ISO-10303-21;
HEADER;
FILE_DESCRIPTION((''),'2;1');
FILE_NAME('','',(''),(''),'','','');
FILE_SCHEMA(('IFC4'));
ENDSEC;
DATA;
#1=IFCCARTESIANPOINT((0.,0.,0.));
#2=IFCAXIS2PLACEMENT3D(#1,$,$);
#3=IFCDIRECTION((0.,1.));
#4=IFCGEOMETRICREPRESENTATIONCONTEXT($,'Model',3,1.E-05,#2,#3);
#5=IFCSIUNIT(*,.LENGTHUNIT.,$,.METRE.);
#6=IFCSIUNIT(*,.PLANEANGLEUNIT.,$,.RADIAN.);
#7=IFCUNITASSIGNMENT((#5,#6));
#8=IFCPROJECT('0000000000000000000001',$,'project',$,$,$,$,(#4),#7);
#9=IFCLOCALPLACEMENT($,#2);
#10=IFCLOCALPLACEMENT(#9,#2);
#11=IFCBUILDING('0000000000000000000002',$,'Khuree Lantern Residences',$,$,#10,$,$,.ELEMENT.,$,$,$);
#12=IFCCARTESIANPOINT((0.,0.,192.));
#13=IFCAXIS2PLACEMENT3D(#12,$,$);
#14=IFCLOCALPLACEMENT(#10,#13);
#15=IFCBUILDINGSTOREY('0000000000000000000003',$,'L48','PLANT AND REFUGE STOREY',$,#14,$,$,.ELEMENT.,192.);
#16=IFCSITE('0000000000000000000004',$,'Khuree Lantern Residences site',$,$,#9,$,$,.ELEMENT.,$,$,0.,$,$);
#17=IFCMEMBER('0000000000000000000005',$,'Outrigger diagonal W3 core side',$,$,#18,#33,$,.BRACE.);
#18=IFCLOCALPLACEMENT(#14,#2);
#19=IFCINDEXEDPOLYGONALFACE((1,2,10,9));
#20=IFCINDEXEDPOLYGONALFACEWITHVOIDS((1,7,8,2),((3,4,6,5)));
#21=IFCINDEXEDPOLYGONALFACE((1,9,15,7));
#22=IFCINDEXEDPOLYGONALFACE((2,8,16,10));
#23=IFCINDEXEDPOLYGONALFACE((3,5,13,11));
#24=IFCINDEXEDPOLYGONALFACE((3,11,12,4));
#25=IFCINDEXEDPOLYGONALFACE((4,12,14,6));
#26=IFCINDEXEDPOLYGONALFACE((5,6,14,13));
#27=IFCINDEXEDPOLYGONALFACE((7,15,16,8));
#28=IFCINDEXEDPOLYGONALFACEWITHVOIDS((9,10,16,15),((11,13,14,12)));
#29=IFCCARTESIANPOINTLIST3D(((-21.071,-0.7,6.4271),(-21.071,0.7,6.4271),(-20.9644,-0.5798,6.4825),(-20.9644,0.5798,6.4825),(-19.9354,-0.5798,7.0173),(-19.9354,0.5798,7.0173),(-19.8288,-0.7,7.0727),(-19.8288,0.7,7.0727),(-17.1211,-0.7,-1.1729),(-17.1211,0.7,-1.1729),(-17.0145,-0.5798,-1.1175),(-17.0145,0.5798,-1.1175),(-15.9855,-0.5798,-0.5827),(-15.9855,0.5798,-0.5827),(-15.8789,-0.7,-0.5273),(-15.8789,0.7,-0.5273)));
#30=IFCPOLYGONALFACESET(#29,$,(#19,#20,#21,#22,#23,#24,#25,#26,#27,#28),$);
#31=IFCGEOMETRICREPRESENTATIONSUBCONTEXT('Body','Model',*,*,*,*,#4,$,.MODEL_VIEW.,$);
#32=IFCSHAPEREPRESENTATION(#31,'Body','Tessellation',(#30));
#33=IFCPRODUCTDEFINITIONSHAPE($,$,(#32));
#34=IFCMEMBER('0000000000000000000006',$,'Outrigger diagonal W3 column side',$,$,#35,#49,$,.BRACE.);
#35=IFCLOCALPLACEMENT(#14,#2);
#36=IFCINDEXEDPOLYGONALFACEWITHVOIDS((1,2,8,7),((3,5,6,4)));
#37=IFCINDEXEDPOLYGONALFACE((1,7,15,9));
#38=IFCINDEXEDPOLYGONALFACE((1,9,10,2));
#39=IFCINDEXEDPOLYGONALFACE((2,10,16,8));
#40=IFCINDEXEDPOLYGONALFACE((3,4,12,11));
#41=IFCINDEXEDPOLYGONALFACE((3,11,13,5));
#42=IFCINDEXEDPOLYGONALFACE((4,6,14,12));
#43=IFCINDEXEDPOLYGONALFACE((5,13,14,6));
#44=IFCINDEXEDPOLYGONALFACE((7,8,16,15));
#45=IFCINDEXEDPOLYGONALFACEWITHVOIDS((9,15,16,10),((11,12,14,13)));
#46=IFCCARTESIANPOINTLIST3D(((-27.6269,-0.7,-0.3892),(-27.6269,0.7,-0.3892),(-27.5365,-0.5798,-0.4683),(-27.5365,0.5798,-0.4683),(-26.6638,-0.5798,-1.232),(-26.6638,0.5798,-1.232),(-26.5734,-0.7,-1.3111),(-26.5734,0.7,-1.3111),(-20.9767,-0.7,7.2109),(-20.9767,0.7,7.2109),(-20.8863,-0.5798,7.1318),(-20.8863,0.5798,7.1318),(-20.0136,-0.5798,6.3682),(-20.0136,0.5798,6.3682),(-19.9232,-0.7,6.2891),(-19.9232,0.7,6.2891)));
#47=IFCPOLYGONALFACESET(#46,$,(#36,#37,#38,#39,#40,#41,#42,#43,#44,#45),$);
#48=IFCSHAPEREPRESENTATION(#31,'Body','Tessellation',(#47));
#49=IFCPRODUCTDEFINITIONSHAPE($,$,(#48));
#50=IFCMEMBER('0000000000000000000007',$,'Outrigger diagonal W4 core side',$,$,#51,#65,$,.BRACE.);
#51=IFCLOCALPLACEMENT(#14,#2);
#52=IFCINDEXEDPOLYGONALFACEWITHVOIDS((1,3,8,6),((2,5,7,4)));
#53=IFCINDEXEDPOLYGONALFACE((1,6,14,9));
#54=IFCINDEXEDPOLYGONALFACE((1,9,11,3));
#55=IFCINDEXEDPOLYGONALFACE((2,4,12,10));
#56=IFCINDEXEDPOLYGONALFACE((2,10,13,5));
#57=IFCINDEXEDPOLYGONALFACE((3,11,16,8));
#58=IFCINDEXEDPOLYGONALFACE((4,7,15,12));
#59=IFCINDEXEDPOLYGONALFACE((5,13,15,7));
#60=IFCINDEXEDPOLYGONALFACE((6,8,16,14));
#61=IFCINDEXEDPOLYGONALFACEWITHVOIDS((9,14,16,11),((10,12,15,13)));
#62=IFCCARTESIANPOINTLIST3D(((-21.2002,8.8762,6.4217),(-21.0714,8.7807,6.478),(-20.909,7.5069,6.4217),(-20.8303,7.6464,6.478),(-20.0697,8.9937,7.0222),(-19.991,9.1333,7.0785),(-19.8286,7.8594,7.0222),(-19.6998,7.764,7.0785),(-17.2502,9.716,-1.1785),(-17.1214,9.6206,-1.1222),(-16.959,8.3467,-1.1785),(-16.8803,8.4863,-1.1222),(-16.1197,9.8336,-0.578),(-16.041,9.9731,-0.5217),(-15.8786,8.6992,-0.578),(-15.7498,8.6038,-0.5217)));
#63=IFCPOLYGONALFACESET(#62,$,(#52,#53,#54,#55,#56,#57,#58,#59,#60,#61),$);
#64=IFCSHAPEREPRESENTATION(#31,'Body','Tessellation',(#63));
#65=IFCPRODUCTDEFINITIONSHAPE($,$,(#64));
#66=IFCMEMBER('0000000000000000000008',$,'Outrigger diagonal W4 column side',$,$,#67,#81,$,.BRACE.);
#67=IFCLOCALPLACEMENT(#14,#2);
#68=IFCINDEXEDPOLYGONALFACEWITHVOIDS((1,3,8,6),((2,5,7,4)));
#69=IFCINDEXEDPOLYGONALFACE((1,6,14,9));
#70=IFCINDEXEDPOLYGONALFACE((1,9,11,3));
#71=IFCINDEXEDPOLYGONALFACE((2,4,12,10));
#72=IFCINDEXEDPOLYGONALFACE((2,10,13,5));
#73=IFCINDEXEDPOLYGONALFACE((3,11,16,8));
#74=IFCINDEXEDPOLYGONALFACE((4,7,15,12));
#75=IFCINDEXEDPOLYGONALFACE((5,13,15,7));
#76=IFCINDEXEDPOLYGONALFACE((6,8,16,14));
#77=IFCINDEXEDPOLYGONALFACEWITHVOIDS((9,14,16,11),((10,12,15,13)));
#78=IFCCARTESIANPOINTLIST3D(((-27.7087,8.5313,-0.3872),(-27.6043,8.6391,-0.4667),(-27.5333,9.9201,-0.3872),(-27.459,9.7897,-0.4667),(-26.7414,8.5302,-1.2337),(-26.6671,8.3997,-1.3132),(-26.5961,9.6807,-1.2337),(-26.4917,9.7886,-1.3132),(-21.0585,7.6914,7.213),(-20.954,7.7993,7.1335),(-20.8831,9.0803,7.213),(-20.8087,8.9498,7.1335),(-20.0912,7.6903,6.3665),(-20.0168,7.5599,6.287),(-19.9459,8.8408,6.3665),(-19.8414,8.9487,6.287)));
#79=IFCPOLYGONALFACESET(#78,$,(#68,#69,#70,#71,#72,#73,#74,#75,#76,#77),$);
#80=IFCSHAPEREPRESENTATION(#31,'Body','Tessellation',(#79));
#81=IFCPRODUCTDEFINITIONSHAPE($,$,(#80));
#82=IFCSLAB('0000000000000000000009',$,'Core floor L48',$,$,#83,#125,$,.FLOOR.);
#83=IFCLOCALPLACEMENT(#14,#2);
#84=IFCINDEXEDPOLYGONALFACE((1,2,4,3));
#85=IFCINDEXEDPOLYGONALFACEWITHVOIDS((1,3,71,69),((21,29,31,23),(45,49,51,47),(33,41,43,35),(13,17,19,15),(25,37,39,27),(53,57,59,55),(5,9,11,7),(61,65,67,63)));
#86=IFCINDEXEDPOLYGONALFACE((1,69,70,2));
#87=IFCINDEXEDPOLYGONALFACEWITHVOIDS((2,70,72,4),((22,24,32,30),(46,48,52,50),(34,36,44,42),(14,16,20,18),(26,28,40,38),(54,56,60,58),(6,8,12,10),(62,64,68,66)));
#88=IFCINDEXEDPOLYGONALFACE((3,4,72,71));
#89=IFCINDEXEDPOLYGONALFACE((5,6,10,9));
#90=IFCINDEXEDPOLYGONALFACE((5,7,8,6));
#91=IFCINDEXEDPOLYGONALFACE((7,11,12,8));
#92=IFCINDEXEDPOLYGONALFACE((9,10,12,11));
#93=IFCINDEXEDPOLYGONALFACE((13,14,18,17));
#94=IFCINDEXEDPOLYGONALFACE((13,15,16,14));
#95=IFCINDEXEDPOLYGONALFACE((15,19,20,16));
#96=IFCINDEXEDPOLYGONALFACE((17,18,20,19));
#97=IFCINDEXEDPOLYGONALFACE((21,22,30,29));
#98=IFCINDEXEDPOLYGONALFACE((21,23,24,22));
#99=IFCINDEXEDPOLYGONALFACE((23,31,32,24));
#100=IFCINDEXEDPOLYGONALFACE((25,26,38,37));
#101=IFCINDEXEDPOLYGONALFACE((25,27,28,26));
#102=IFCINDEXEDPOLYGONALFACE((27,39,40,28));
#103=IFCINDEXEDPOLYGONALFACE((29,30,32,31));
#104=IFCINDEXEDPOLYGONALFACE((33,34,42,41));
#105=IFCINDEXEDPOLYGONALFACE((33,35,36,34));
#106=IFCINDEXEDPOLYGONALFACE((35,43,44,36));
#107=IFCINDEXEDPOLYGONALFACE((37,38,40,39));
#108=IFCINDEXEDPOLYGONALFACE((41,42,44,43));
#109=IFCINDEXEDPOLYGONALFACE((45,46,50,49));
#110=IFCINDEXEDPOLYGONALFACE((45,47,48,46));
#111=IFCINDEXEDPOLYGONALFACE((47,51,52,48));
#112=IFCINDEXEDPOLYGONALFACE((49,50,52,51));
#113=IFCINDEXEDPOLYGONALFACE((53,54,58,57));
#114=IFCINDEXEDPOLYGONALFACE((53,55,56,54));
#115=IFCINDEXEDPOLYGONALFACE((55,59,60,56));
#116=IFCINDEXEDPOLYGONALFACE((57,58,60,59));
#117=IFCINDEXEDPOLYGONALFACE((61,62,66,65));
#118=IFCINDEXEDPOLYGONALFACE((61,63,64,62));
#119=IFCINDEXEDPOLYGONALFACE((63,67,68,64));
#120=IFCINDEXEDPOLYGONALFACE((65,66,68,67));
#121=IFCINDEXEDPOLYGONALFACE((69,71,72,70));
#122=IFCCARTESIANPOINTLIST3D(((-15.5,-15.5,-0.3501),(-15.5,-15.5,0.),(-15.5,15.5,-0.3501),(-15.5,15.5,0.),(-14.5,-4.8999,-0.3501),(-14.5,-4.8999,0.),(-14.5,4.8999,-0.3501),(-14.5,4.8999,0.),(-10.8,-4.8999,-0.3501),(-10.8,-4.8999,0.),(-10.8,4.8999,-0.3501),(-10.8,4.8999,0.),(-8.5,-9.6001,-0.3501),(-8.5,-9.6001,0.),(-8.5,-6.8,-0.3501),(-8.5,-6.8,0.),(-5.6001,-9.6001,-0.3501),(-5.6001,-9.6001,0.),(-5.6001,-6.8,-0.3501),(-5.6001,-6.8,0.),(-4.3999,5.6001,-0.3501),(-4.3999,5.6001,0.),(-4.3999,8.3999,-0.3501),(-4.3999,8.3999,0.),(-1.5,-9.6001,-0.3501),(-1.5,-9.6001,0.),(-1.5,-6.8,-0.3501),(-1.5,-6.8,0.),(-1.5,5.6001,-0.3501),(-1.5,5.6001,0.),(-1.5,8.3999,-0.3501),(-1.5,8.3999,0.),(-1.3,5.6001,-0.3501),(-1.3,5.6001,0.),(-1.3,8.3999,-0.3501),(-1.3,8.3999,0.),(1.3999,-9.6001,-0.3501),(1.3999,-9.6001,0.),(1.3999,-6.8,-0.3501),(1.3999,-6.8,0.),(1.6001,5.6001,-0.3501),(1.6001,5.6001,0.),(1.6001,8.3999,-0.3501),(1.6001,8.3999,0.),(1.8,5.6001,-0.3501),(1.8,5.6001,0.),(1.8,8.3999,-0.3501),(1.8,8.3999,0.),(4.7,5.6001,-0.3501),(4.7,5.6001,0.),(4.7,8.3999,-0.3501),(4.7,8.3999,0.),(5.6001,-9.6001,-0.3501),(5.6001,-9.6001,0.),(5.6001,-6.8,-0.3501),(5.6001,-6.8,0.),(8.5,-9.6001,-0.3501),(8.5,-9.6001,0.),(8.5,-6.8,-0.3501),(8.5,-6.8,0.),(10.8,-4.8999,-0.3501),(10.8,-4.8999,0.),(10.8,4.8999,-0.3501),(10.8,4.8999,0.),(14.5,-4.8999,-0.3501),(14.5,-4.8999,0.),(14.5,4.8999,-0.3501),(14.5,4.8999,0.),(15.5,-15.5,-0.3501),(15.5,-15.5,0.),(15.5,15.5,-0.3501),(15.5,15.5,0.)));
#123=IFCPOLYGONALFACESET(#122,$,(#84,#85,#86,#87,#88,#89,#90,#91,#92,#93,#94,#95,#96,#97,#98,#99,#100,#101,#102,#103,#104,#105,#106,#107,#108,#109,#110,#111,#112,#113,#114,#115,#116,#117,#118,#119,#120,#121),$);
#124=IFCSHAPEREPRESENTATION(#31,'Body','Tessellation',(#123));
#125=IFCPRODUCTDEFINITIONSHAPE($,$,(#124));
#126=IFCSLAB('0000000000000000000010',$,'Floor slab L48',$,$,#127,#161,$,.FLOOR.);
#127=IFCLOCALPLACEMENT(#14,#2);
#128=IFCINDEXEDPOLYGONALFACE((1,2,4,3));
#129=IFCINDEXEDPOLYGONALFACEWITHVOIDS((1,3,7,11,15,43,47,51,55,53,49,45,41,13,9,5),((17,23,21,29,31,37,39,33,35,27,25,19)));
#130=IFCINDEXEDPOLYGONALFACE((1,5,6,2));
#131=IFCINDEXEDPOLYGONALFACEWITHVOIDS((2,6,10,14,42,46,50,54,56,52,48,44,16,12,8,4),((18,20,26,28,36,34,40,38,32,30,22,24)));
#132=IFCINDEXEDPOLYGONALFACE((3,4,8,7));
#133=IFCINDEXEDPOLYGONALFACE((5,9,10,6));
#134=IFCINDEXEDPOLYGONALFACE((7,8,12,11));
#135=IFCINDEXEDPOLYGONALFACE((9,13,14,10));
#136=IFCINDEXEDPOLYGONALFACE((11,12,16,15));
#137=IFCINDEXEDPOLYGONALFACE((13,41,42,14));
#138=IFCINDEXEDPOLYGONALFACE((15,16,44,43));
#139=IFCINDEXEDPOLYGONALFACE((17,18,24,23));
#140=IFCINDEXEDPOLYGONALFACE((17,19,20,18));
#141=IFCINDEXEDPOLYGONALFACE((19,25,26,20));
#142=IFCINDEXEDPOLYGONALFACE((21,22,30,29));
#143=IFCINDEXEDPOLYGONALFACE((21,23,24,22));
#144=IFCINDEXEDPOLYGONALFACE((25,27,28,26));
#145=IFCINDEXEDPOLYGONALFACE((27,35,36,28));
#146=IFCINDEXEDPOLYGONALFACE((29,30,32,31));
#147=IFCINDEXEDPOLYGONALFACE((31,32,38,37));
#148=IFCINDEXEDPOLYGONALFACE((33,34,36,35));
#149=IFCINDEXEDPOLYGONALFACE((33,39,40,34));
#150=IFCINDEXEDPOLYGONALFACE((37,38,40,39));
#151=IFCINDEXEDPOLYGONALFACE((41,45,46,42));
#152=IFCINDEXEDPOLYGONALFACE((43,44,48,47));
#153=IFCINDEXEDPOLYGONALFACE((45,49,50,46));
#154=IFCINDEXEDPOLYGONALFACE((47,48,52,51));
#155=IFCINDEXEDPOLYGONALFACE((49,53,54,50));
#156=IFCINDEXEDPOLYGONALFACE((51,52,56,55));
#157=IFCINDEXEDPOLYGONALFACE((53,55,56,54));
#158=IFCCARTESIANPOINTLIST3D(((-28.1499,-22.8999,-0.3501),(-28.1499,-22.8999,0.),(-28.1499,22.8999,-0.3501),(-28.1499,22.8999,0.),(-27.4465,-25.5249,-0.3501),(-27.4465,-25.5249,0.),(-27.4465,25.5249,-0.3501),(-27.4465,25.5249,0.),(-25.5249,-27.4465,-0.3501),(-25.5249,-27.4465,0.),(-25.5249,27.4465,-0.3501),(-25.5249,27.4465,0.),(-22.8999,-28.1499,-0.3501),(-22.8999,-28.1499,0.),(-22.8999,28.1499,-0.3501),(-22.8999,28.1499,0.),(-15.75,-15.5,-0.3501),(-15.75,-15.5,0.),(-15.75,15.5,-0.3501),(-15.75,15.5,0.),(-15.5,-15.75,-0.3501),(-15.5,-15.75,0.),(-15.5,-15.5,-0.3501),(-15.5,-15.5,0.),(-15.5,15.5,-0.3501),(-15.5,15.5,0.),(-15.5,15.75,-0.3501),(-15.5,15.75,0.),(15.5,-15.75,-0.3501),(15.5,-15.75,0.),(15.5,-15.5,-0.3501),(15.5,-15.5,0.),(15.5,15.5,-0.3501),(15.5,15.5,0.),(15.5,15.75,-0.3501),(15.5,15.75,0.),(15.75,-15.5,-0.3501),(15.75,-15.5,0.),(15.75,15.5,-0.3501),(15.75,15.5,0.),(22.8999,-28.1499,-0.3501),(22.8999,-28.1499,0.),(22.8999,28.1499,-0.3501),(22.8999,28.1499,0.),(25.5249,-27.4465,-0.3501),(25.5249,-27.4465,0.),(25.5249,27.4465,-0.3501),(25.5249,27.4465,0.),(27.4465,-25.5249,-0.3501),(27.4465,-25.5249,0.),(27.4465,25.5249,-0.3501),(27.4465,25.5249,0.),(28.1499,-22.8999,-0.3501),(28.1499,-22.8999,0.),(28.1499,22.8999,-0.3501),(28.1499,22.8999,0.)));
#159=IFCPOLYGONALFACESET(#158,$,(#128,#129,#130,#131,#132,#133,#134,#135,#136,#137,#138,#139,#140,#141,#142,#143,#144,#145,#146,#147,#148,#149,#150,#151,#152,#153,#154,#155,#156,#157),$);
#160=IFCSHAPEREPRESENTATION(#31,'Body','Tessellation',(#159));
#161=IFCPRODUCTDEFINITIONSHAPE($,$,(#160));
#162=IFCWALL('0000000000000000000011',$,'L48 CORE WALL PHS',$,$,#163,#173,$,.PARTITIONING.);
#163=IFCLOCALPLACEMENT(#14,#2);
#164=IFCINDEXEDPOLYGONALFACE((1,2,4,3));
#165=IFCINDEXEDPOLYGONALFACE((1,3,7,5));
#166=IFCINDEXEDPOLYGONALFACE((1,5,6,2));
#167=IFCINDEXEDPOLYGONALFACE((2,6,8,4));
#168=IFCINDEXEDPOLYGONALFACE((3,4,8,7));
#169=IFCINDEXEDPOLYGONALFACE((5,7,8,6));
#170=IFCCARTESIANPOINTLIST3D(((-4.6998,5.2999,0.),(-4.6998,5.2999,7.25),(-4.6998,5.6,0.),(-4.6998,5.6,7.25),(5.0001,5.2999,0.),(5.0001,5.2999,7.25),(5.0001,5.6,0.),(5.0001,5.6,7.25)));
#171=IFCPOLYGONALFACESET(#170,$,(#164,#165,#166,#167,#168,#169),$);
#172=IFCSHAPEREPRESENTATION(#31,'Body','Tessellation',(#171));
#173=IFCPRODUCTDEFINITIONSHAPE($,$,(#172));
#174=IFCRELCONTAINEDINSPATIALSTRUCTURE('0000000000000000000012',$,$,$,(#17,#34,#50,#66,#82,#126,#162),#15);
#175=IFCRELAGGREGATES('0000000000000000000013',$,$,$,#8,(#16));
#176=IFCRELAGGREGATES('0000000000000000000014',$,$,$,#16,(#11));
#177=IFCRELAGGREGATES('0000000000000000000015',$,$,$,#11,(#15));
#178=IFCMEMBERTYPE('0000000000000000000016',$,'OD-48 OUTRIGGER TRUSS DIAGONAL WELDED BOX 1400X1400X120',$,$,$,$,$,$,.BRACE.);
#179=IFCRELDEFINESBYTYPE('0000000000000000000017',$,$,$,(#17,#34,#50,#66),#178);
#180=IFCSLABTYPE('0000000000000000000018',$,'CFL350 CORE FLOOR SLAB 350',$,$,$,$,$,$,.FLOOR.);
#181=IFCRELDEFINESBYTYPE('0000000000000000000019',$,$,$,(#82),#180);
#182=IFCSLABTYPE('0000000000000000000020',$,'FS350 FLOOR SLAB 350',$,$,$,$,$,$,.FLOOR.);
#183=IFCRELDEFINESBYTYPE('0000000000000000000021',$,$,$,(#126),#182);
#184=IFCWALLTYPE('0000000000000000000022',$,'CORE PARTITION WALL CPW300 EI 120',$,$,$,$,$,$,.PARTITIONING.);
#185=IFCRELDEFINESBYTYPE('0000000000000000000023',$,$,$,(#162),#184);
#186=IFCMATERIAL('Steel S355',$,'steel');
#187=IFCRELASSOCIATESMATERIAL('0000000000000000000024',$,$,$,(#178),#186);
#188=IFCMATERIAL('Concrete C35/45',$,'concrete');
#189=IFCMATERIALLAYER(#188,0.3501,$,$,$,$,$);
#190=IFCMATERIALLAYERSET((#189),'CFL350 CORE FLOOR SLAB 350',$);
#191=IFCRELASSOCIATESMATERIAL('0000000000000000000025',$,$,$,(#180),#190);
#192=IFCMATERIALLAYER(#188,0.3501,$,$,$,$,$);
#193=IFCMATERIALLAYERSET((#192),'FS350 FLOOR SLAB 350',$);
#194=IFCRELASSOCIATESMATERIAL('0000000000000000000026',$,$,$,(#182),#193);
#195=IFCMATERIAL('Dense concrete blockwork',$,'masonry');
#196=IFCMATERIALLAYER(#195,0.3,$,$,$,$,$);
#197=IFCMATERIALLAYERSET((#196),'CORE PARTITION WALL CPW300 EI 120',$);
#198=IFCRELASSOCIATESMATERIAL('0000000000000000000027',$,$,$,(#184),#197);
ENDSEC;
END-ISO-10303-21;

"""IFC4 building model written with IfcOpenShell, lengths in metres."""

from ifc_helpers import new_model, si_unit, direction, frame, frame_2d, origin, origin_2d, place, context, subcontext, project, spatial, polyline, rectangle, hollow_rectangle, outline, extrude, material, layer, layer_set, material_profile, profile_set, type_object, element, save


model = new_model("IFC4")

# Units and contexts
model_context = context("Model", 3, precision=1e-05, world=origin(), true_north=direction((0.0, 1.0)))
body_context = subcontext(model_context, "Body", "Model", "MODEL_VIEW")
ifc_project = project(units=[si_unit("LENGTHUNIT", "METRE"), si_unit("PLANEANGLEUNIT", "RADIAN")], contexts=[model_context])

# Site, building, storey
site_placement = place(None, origin())
site = spatial("IfcSite", under=ifc_project, at=site_placement, Name="Khuree Lantern Residences site", CompositionType="ELEMENT", RefElevation=0.0)
building_placement = place(site_placement, origin())
building = spatial("IfcBuilding", under=site, at=building_placement, Name="Khuree Lantern Residences", CompositionType="ELEMENT")
storey_placement = place(building_placement, frame((0.0, 0.0, 192.0)))
storey = spatial("IfcBuildingStorey", under=building, at=storey_placement, Name="L48", Description="PLANT AND REFUGE STOREY", CompositionType="ELEMENT", Elevation=192.0)

# Members
ifc_material_1 = material(Name="Steel S355", Category="steel")
ifc_material_profile = material_profile(ifc_material_1, hollow_rectangle(XDim=1.3999, YDim=1.3999, WallThickness=0.1201, at=origin_2d()), Name="WELDED BOX 1400X1400X120")
ifc_profile_set = profile_set([ifc_material_profile], Name="Steel S355")
member_type = type_object("IfcMemberType", Name="OD-48 OUTRIGGER TRUSS DIAGONAL WELDED BOX 1400X1400X120", PredefinedType="BRACE", material=ifc_profile_set)
member_1_placement = place(storey_placement, frame((-16.5, 0.0, -0.8501), z_axis=(-0.46116, 0.0, 0.887317), x_axis=(0.0, -1.0, 0.0)))
element("IfcMember", 1, at=member_1_placement, inside=storey, type_object=member_type, Name="Outrigger diagonal W3 core side", PredefinedType="BRACE", context=body_context, shape_type="SweptSolid", body=[
    extrude(hollow_rectangle(XDim=1.3999, YDim=1.3999, WallThickness=0.1201, at=origin_2d()), origin(), (0.0, 0.0, 1.0), 8.5652),
])
member_2_placement = place(storey_placement, frame((-20.45, 0.0, 6.75), z_axis=(-0.658508, 0.0, -0.752574), x_axis=(0.0, -1.0, 0.0)))
element("IfcMember", 2, at=member_2_placement, inside=storey, type_object=member_type, Name="Outrigger diagonal W3 column side", PredefinedType="BRACE", context=body_context, shape_type="SweptSolid", body=[
    extrude(hollow_rectangle(XDim=1.3999, YDim=1.3999, WallThickness=0.1201, at=origin_2d()), origin(), (0.0, 0.0, 1.0), 10.0989),
])
member_3_placement = place(storey_placement, frame((-16.5, 9.1599, -0.8501), z_axis=(-0.458959, -0.097584, 0.883082), x_axis=(0.207972, -0.978135, 0.0)))
element("IfcMember", 3, at=member_3_placement, inside=storey, type_object=member_type, Name="Outrigger diagonal W4 core side", PredefinedType="BRACE", context=body_context, shape_type="SweptSolid", body=[
    extrude(hollow_rectangle(XDim=1.3999, YDim=1.3999, WallThickness=0.1201, at=origin_2d()), origin(), (0.0, 0.0, 1.0), 8.6064),
])
member_4_placement = place(storey_placement, frame((-20.45, 8.3201, 6.75), z_axis=(-0.656243, 0.082877, -0.749985), x_axis=(-0.125294, -0.99212, 0.0)))
element("IfcMember", 4, at=member_4_placement, inside=storey, type_object=member_type, Name="Outrigger diagonal W4 column side", PredefinedType="BRACE", context=body_context, shape_type="SweptSolid", body=[
    extrude(hollow_rectangle(XDim=1.3999, YDim=1.3999, WallThickness=0.1201, at=origin_2d()), origin(), (0.0, 0.0, 1.0), 10.1338),
])

# Slabs
ifc_material_2 = material(Name="Concrete C35/45", Category="concrete")
ifc_layer_1 = layer(ifc_material_2, 0.3501)
ifc_layer_set_1 = layer_set([ifc_layer_1], Name="CFL350 CORE FLOOR SLAB 350")
slab_type_1 = type_object("IfcSlabType", Name="CFL350 CORE FLOOR SLAB 350", PredefinedType="FLOOR", material=ifc_layer_set_1)
slab_1_placement = place(storey_placement, frame((0.0, 0.0, -0.3501)))
element("IfcSlab", 5, at=slab_1_placement, inside=storey, type_object=slab_type_1, Name="Core floor L48", PredefinedType="FLOOR", context=body_context, shape_type="SweptSolid", body=[
    extrude(outline(polyline([(-15.5, -15.5), (-15.5, 15.5), (15.5, 15.5), (15.5, -15.5), (-15.5, -15.5)]), holes=[polyline([(10.8, 4.8999), (10.8, -4.8999), (14.5, -4.8999), (14.5, 4.8999), (10.8, 4.8999)]), polyline([(5.6001, -6.8), (5.6001, -9.6001), (8.5, -9.6001), (8.5, -6.8), (5.6001, -6.8)]), polyline([(1.8, 8.3999), (1.8, 5.6001), (4.7, 5.6001), (4.7, 8.3999), (1.8, 8.3999)]), polyline([(-1.3, 8.3999), (-1.3, 5.6001), (1.6001, 5.6001), (1.6001, 8.3999), (-1.3, 8.3999)]), polyline([(-1.5, -6.8), (-1.5, -9.6001), (1.3999, -9.6001), (1.3999, -6.8), (-1.5, -6.8)]), polyline([(-4.3999, 8.3999), (-4.3999, 5.6001), (-1.5, 5.6001), (-1.5, 8.3999), (-4.3999, 8.3999)]), polyline([(-8.5, -6.8), (-8.5, -9.6001), (-5.6001, -9.6001), (-5.6001, -6.8), (-8.5, -6.8)]), polyline([(-14.5, 4.8999), (-14.5, -4.8999), (-10.8, -4.8999), (-10.8, 4.8999), (-14.5, 4.8999)])]), origin(), (0.0, 0.0, 1.0), 0.3501),
])
ifc_layer_2 = layer(ifc_material_2, 0.3501)
ifc_layer_set_2 = layer_set([ifc_layer_2], Name="FS350 FLOOR SLAB 350")
slab_type_2 = type_object("IfcSlabType", Name="FS350 FLOOR SLAB 350", PredefinedType="FLOOR", material=ifc_layer_set_2)
slab_2_placement = place(storey_placement, frame((0.0, 0.0, -0.3501)))
element("IfcSlab", 6, at=slab_2_placement, inside=storey, type_object=slab_type_2, Name="Floor slab L48", PredefinedType="FLOOR", context=body_context, shape_type="SweptSolid", body=[
    extrude(outline(polyline([(-25.5249, -27.4465), (-27.4465, -25.5249), (-28.1499, -22.8999), (-28.1499, 22.8999), (-27.4465, 25.5249), (-25.5249, 27.4465), (-22.8999, 28.1499), (22.8999, 28.1499), (25.5249, 27.4465), (27.4465, 25.5249), (28.1499, 22.8999), (28.1499, -22.8999), (27.4465, -25.5249), (25.5249, -27.4465), (22.8999, -28.1499), (-22.8999, -28.1499), (-25.5249, -27.4465)]), holes=[polyline([(15.75, 15.5), (15.5, 15.5), (15.5, 15.75), (-15.5, 15.75), (-15.5, 15.5), (-15.75, 15.5), (-15.75, -15.5), (-15.5, -15.5), (-15.5, -15.75), (15.5, -15.75), (15.5, -15.5), (15.75, -15.5), (15.75, 15.5)])]), origin(), (0.0, 0.0, 1.0), 0.3501),
])

# Wall
ifc_material_3 = material(Name="Dense concrete blockwork", Category="masonry")
ifc_layer_3 = layer(ifc_material_3, 0.3)
ifc_layer_set_3 = layer_set([ifc_layer_3], Name="CORE PARTITION WALL CPW300 EI 120")
wall_type_1 = type_object("IfcWallType", Name="CORE PARTITION WALL CPW300 EI 120", PredefinedType="PARTITIONING", material=ifc_layer_set_3)
wall_1_placement = place(storey_placement, frame((-4.7, 5.45, 0.0), z_axis=(0.0, 0.0, 1.0), x_axis=(1.0, 0.0, 0.0)))
element("IfcWall", 7, at=wall_1_placement, inside=storey, type_object=wall_type_1, Name="L48 CORE WALL PHS", PredefinedType="PARTITIONING", context=body_context, shape_type="SweptSolid", body=[
    extrude(rectangle(XDim=9.7, YDim=0.3, at=frame_2d((4.8501, 0.0))), origin(), (0.0, 0.0, 1.0), 7.25),
])

save(model, "model.ifc")
